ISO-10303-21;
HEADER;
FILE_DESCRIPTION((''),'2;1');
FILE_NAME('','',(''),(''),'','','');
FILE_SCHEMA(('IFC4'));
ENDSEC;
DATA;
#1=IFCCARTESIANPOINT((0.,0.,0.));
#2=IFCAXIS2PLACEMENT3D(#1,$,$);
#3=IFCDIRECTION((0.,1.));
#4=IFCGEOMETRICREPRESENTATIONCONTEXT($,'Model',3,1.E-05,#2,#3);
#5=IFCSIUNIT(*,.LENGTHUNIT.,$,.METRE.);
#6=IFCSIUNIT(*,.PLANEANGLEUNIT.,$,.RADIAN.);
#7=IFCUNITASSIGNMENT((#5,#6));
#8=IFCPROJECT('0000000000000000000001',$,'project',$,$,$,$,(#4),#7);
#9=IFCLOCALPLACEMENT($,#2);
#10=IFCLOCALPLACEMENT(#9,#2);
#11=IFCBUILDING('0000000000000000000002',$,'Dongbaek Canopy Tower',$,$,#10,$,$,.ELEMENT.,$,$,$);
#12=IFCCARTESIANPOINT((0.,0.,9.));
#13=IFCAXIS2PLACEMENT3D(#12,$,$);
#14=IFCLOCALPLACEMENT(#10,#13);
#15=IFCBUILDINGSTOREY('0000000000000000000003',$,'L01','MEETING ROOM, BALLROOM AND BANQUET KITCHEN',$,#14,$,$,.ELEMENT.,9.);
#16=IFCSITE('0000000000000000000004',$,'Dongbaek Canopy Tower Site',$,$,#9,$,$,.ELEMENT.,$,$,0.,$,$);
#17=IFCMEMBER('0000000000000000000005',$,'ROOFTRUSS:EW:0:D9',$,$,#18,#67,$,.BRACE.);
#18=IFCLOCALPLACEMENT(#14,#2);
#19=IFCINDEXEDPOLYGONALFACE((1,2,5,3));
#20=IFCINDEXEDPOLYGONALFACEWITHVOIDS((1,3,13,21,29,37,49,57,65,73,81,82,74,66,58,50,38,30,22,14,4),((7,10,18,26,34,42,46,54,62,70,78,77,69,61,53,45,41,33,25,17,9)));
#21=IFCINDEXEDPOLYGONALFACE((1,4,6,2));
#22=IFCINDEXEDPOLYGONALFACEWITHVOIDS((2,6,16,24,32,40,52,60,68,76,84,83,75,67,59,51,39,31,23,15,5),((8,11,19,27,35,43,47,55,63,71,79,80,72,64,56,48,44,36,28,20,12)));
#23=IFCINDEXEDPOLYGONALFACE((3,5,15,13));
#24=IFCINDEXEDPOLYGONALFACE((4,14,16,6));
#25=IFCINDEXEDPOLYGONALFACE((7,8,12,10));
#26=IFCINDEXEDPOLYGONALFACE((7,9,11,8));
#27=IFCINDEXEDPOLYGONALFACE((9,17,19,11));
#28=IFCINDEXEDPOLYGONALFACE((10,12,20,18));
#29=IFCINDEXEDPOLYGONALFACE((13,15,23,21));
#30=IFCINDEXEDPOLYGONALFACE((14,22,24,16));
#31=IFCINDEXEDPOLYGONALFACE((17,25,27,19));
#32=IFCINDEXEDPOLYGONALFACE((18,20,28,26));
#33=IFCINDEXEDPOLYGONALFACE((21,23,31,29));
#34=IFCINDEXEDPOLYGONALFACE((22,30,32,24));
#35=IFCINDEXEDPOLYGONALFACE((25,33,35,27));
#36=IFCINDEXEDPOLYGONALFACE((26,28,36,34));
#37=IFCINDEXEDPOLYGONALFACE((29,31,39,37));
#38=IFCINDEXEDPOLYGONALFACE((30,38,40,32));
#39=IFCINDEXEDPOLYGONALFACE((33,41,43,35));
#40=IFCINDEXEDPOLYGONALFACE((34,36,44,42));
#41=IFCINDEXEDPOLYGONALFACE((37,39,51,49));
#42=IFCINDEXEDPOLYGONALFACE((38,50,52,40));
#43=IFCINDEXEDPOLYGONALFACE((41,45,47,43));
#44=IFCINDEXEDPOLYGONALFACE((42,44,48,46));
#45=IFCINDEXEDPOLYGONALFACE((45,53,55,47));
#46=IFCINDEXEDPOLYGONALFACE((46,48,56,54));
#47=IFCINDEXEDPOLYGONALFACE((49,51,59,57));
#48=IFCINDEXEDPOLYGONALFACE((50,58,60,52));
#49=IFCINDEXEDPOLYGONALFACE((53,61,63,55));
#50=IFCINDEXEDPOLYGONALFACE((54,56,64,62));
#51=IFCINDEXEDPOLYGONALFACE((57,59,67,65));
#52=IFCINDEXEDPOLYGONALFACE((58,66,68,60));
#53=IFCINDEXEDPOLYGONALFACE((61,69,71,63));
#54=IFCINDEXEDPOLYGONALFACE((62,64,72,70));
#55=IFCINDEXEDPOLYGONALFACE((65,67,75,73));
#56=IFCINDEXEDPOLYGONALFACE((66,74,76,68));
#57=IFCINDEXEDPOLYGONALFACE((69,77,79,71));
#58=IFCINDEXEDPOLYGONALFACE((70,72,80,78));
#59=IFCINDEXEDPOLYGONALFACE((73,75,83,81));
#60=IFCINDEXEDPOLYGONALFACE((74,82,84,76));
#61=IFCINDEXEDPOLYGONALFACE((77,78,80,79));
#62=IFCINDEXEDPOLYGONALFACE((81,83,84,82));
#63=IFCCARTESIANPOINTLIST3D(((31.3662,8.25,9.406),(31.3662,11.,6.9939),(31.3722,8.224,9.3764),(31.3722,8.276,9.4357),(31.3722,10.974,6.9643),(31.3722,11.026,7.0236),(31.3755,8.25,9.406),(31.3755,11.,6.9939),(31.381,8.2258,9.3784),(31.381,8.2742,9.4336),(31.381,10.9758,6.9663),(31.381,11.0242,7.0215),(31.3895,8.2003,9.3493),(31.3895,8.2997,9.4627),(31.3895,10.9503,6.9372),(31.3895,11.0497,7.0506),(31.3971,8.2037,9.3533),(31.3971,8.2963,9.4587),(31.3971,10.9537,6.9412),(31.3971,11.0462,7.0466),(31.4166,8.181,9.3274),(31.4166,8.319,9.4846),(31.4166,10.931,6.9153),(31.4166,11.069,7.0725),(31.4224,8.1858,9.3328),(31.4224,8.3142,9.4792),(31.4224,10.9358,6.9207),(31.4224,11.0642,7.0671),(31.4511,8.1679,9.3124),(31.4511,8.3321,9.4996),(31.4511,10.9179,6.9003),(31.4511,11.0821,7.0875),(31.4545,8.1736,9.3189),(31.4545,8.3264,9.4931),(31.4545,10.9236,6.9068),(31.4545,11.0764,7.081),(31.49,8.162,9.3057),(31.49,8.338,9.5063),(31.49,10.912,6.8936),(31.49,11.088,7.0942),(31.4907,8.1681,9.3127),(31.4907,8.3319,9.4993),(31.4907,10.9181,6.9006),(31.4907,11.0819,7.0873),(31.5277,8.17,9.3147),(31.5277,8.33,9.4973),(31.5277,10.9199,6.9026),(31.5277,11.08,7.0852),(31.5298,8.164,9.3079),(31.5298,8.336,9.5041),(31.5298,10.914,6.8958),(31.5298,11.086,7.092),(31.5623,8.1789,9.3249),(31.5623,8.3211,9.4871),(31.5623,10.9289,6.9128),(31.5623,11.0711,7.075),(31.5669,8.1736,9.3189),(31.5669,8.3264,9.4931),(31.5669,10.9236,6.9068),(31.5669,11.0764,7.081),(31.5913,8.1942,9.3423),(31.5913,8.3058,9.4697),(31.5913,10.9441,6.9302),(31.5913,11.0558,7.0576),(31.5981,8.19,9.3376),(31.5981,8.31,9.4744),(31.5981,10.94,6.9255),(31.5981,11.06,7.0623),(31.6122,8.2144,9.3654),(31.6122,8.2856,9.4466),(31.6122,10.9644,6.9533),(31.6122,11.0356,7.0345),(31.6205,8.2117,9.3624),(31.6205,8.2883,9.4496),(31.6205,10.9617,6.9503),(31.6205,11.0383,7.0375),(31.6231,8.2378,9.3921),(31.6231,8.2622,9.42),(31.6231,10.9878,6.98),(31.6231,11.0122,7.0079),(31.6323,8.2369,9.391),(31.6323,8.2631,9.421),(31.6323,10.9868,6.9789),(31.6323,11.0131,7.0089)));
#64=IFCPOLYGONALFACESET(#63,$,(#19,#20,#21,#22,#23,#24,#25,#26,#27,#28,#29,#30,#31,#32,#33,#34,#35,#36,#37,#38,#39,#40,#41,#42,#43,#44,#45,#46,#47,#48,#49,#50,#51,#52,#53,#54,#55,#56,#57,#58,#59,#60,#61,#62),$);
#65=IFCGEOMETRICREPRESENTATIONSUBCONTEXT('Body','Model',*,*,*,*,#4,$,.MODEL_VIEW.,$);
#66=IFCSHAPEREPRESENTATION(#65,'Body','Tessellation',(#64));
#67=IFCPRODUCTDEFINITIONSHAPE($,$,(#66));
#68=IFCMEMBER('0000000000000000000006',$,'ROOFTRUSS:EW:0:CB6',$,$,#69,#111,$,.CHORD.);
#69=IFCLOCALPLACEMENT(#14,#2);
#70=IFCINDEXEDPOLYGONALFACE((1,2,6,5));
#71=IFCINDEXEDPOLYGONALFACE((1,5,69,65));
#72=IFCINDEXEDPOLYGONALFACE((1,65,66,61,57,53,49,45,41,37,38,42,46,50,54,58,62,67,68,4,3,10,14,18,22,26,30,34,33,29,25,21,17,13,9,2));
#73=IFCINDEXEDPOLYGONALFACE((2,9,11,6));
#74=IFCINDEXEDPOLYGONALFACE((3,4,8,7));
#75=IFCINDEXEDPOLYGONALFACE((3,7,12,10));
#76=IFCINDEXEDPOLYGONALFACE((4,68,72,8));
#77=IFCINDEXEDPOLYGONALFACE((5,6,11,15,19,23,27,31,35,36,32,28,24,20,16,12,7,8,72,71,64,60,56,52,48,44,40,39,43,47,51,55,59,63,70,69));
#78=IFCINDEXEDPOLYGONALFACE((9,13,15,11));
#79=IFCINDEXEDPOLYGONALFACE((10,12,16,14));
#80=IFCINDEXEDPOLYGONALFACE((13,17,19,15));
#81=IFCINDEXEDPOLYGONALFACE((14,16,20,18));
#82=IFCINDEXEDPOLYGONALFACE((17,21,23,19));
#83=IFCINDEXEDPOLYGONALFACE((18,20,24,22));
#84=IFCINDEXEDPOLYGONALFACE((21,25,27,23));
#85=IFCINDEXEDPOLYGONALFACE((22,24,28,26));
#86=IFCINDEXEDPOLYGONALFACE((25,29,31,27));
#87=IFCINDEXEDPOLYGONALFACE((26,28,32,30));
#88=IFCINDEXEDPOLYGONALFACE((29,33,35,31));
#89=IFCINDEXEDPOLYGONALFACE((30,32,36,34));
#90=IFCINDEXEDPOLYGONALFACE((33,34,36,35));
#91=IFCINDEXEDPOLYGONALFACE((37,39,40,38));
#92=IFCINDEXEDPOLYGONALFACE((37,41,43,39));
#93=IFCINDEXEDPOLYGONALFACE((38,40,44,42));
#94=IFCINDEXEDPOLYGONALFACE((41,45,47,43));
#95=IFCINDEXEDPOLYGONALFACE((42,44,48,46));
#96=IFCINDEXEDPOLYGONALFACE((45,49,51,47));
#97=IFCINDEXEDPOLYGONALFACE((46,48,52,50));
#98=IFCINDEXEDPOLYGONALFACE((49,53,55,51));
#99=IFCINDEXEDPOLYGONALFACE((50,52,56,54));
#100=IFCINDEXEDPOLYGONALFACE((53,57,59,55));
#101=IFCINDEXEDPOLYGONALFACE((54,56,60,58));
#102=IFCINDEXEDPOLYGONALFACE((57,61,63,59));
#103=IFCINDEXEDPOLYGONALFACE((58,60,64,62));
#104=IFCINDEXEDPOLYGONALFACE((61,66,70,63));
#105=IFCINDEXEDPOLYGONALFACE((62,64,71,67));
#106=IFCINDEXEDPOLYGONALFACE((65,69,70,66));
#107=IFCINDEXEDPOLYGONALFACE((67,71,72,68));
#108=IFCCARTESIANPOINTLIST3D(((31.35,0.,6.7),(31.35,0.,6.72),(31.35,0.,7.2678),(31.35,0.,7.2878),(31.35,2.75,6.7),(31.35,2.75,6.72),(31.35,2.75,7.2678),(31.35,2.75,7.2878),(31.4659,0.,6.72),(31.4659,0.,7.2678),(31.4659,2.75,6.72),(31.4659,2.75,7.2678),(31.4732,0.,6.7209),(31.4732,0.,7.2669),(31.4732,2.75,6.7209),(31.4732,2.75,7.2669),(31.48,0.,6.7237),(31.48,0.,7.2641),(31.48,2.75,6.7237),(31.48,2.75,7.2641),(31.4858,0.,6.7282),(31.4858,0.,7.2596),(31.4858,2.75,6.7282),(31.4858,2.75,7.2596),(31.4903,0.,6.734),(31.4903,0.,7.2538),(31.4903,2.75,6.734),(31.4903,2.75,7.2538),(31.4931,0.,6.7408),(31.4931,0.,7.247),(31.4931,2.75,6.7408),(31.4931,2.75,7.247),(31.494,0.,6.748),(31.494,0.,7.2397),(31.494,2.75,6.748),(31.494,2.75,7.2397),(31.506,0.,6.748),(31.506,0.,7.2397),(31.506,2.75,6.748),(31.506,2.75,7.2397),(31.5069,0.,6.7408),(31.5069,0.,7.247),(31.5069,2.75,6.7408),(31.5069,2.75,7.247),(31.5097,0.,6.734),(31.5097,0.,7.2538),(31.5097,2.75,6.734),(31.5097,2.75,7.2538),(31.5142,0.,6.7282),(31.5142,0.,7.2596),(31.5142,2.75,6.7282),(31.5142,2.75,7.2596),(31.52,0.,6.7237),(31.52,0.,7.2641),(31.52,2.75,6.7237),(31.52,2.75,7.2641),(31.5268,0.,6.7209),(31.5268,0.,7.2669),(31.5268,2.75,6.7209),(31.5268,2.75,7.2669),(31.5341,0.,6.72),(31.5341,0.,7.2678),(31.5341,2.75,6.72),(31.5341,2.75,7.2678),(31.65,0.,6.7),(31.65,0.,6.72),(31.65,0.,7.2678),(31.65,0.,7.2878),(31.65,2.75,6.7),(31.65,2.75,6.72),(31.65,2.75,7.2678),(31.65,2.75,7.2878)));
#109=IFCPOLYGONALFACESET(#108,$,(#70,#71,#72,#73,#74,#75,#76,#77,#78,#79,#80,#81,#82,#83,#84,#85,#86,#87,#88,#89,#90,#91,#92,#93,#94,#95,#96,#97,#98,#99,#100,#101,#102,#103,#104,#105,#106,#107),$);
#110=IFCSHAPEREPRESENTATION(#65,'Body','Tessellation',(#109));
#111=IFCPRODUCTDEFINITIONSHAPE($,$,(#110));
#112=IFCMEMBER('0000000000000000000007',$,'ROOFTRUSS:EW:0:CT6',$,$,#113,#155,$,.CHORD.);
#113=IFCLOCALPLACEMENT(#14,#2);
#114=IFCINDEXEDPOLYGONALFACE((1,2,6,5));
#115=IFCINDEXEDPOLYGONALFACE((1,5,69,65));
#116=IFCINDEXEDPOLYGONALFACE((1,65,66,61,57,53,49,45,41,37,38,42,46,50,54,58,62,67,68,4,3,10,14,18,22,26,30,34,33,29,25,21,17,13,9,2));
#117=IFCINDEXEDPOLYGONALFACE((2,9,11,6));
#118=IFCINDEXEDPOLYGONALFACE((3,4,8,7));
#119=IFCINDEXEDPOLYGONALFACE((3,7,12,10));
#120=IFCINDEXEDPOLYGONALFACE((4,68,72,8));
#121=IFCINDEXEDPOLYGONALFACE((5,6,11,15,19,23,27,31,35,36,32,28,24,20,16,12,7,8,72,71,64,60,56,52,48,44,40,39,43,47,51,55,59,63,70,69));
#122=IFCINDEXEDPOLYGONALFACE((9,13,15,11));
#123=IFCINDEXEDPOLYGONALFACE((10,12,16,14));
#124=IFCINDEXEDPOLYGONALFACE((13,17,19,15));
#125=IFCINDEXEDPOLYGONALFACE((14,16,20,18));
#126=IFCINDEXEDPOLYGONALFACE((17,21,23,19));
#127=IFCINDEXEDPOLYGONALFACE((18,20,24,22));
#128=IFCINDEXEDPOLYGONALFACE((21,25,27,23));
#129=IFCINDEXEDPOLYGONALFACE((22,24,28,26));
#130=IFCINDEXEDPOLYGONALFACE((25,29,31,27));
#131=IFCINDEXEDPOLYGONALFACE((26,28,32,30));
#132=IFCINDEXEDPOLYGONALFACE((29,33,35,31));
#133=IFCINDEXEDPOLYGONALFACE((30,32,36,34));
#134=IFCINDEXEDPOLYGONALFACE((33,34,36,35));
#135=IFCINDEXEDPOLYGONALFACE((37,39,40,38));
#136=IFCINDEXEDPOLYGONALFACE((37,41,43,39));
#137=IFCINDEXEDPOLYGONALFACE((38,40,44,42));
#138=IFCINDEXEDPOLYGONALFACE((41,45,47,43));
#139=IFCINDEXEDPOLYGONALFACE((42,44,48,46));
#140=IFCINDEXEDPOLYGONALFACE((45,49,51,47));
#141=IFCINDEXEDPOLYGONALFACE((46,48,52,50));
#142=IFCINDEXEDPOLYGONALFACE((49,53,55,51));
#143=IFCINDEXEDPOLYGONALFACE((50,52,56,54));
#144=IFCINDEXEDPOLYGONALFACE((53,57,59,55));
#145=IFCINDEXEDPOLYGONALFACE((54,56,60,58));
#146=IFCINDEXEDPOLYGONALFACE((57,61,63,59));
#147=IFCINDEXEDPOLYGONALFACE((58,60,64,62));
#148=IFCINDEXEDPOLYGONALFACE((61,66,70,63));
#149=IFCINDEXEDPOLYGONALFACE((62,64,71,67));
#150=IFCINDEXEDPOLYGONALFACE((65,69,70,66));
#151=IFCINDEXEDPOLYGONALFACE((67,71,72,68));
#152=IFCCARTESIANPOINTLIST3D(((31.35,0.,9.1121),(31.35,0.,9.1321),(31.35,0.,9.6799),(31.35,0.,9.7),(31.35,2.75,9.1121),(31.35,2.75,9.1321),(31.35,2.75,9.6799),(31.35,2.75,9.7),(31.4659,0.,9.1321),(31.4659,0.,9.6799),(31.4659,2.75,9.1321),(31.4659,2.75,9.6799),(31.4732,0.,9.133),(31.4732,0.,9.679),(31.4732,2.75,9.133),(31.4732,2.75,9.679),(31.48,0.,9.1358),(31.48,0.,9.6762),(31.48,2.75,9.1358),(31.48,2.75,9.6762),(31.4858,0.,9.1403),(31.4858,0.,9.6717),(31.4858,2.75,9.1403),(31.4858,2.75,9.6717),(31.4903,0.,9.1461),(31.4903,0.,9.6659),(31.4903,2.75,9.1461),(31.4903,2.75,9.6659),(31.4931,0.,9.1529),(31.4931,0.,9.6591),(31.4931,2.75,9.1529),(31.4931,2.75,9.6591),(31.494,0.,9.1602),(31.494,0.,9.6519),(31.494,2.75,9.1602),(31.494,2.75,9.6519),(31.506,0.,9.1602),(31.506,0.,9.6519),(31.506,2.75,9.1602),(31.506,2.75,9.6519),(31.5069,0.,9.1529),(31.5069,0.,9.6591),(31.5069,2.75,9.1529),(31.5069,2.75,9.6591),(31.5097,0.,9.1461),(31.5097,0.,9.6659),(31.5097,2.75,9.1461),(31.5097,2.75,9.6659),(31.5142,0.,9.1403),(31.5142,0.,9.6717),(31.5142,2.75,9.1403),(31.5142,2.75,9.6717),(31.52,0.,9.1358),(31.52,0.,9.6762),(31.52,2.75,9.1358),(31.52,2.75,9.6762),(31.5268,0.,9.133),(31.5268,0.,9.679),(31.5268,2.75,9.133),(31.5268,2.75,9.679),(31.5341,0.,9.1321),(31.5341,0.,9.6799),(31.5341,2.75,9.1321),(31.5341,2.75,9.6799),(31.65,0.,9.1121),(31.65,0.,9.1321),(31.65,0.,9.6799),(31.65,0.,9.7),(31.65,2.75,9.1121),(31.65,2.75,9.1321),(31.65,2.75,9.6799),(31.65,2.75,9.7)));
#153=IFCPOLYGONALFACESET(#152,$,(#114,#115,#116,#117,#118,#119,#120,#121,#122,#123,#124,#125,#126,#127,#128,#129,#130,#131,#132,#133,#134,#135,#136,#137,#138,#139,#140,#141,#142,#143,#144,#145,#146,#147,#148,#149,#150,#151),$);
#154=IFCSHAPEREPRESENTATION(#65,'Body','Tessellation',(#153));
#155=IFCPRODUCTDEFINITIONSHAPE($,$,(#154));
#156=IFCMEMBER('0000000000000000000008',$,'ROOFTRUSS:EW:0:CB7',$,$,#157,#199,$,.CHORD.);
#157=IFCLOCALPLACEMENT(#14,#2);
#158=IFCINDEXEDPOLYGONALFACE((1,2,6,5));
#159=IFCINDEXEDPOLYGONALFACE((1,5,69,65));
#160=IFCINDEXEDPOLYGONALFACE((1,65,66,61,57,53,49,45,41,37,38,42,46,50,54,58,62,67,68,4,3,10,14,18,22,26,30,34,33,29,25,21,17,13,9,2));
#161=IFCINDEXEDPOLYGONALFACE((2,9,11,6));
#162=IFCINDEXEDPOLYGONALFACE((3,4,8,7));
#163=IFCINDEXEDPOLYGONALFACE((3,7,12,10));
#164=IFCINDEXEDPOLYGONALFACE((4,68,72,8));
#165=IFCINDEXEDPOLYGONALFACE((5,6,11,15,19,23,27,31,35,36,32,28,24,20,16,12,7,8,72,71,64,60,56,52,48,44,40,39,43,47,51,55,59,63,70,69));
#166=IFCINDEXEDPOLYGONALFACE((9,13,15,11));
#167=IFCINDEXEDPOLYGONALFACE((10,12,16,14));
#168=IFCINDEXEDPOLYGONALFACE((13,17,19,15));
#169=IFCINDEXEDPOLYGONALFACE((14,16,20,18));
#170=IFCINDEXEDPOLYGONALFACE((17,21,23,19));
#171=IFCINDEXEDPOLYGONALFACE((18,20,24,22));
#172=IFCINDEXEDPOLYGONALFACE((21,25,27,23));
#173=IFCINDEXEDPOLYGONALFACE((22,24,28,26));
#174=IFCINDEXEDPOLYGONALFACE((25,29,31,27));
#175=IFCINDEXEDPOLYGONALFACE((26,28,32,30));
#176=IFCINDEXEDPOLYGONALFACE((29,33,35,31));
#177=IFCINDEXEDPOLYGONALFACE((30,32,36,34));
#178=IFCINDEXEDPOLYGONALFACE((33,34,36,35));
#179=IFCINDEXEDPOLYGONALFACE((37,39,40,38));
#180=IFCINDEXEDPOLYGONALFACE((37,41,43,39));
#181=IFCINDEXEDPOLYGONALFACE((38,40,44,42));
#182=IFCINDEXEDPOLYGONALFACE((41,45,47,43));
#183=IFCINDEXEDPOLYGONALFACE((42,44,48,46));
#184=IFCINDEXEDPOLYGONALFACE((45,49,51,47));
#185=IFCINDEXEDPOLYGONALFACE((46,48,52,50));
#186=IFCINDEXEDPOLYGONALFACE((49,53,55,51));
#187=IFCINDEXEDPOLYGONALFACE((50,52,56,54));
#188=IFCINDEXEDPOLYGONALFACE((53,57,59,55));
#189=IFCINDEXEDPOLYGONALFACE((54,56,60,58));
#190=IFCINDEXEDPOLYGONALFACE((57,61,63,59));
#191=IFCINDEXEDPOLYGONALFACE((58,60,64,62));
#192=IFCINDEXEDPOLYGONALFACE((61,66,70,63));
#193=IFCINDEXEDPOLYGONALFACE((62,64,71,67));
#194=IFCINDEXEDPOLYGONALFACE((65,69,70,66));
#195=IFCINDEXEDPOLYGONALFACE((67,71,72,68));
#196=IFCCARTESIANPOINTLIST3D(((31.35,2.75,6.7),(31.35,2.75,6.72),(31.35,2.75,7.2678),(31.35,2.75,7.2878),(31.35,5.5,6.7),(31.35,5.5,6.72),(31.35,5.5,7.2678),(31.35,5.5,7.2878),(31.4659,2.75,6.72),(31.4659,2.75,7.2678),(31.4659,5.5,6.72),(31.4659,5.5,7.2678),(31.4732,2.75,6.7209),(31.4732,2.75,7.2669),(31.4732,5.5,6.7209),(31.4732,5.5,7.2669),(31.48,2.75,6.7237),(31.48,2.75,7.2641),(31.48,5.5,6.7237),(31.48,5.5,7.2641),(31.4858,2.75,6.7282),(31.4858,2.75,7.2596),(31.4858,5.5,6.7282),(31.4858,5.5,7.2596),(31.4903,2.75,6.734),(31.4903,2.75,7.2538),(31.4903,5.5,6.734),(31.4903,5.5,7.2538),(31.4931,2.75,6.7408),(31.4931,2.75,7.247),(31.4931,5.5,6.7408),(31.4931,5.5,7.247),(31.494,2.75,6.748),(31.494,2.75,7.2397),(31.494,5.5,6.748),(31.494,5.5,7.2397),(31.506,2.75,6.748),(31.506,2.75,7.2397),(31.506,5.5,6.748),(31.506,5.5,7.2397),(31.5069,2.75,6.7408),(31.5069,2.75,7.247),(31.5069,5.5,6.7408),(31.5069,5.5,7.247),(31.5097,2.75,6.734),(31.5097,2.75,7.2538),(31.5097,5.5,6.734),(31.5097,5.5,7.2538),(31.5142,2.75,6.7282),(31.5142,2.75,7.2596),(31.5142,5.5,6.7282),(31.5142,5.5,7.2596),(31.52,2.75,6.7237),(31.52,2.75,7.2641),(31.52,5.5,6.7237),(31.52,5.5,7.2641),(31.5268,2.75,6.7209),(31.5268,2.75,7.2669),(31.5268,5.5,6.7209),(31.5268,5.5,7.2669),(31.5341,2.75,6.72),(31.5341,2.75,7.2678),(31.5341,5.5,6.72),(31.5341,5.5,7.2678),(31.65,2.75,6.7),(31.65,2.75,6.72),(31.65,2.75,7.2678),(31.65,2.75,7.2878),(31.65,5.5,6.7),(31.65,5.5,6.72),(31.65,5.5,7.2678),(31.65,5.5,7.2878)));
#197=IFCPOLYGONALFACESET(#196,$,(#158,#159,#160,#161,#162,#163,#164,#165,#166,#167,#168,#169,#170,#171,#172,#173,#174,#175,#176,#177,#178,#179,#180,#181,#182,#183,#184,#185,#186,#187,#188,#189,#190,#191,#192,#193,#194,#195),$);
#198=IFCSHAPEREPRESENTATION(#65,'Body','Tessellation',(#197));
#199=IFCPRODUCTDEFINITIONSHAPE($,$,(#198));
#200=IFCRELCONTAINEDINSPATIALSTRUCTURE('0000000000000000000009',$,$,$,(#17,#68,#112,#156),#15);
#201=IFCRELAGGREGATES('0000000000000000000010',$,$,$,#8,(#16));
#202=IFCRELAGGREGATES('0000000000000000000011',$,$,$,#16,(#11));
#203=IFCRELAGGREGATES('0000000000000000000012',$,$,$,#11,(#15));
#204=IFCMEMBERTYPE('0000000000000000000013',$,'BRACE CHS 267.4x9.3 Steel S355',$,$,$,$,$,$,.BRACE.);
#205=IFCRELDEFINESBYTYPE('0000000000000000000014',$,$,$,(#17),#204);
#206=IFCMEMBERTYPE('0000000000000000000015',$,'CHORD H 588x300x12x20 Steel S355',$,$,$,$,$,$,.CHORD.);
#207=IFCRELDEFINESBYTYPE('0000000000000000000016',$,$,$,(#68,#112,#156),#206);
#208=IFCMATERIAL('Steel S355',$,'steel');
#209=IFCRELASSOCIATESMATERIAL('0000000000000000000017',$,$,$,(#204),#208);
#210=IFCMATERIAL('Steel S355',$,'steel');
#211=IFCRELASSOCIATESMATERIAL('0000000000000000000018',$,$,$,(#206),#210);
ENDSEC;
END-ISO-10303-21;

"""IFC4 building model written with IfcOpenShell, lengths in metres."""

from ifc_helpers import new_model, si_unit, direction, frame, origin, origin_2d, place, context, subcontext, project, spatial, hollow_circle, i_section, extrude, material, material_profile, profile_set, type_object, element, save


model = new_model("IFC4")

# Units and contexts
model_context = context("Model", 3, precision=1e-05, world=origin(), true_north=direction((0.0, 1.0)))
body_context = subcontext(model_context, "Body", "Model", "MODEL_VIEW")
ifc_project = project(units=[si_unit("LENGTHUNIT", "METRE"), si_unit("PLANEANGLEUNIT", "RADIAN")], contexts=[model_context])

# Site, building, storey
site_placement = place(None, origin())
site = spatial("IfcSite", under=ifc_project, at=site_placement, Name="Dongbaek Canopy Tower Site", CompositionType="ELEMENT", RefElevation=0.0)
building_placement = place(site_placement, origin())
building = spatial("IfcBuilding", under=site, at=building_placement, Name="Dongbaek Canopy Tower", CompositionType="ELEMENT")
storey_placement = place(building_placement, frame((0.0, 0.0, 9.0)))
storey = spatial("IfcBuildingStorey", under=building, at=storey_placement, Name="L01", Description="MEETING ROOM, BALLROOM AND BANQUET KITCHEN", CompositionType="ELEMENT", Elevation=9.0)

# Members
ifc_material_1 = material(Name="Steel S355", Category="steel")
ifc_material_profile_1 = material_profile(ifc_material_1, hollow_circle(Radius=0.1338, WallThickness=0.0093, at=origin_2d()), Name="BRACE CHS 267.4x9.3 Steel S355")
ifc_profile_set_1 = profile_set([ifc_material_profile_1], Name="Steel S355")
member_type_1 = type_object("IfcMemberType", Name="BRACE CHS 267.4x9.3 Steel S355", PredefinedType="BRACE", material=ifc_profile_set_1)
for number, where, z_axis, x_axis, name in (
    (1, (31.5, 8.25, 9.406), (0.0, 0.751782, -0.659411), (-1.0, 0.0, 0.0), "ROOFTRUSS:EW:0:D9"),
):
    element("IfcMember", number, at=place(storey_placement, frame(where, z_axis=z_axis, x_axis=x_axis)), inside=storey, type_object=member_type_1, Name=name, PredefinedType="BRACE", context=body_context, shape_type="SweptSolid", body=[
        extrude(hollow_circle(Radius=0.1338, WallThickness=0.0093, at=origin_2d()), origin(), (0.0, 0.0, 1.0), 3.658),
    ])
ifc_material_2 = material(Name="Steel S355", Category="steel")
ifc_material_profile_2 = material_profile(ifc_material_2, i_section(OverallWidth=0.3, OverallDepth=0.5879, WebThickness=0.012, FlangeThickness=0.02, FilletRadius=0.0281, at=origin_2d()), Name="CHORD H 588x300x12x20 Steel S355")
ifc_profile_set_2 = profile_set([ifc_material_profile_2], Name="Steel S355")
member_type_2 = type_object("IfcMemberType", Name="CHORD H 588x300x12x20 Steel S355", PredefinedType="CHORD", material=ifc_profile_set_2)
for number, where, z_axis, x_axis, name in (
    (2, (31.5, 0.0, 6.9939), (0.0, 1.0, 0.0), (-1.0, 0.0, 0.0), "ROOFTRUSS:EW:0:CB6"),
    (3, (31.5, 0.0, 9.406), (0.0, 1.0, 0.0), (-1.0, 0.0, 0.0), "ROOFTRUSS:EW:0:CT6"),
    (4, (31.5, 2.75, 6.9939), (0.0, 1.0, 0.0), (-1.0, 0.0, 0.0), "ROOFTRUSS:EW:0:CB7"),
):
    element("IfcMember", number, at=place(storey_placement, frame(where, z_axis=z_axis, x_axis=x_axis)), inside=storey, type_object=member_type_2, Name=name, PredefinedType="CHORD", context=body_context, shape_type="SweptSolid", body=[
        extrude(i_section(OverallWidth=0.3, OverallDepth=0.5879, WebThickness=0.012, FlangeThickness=0.02, FilletRadius=0.0281, at=origin_2d()), origin(), (0.0, 0.0, 1.0), 2.75),
    ])

save(model, "model.ifc")
